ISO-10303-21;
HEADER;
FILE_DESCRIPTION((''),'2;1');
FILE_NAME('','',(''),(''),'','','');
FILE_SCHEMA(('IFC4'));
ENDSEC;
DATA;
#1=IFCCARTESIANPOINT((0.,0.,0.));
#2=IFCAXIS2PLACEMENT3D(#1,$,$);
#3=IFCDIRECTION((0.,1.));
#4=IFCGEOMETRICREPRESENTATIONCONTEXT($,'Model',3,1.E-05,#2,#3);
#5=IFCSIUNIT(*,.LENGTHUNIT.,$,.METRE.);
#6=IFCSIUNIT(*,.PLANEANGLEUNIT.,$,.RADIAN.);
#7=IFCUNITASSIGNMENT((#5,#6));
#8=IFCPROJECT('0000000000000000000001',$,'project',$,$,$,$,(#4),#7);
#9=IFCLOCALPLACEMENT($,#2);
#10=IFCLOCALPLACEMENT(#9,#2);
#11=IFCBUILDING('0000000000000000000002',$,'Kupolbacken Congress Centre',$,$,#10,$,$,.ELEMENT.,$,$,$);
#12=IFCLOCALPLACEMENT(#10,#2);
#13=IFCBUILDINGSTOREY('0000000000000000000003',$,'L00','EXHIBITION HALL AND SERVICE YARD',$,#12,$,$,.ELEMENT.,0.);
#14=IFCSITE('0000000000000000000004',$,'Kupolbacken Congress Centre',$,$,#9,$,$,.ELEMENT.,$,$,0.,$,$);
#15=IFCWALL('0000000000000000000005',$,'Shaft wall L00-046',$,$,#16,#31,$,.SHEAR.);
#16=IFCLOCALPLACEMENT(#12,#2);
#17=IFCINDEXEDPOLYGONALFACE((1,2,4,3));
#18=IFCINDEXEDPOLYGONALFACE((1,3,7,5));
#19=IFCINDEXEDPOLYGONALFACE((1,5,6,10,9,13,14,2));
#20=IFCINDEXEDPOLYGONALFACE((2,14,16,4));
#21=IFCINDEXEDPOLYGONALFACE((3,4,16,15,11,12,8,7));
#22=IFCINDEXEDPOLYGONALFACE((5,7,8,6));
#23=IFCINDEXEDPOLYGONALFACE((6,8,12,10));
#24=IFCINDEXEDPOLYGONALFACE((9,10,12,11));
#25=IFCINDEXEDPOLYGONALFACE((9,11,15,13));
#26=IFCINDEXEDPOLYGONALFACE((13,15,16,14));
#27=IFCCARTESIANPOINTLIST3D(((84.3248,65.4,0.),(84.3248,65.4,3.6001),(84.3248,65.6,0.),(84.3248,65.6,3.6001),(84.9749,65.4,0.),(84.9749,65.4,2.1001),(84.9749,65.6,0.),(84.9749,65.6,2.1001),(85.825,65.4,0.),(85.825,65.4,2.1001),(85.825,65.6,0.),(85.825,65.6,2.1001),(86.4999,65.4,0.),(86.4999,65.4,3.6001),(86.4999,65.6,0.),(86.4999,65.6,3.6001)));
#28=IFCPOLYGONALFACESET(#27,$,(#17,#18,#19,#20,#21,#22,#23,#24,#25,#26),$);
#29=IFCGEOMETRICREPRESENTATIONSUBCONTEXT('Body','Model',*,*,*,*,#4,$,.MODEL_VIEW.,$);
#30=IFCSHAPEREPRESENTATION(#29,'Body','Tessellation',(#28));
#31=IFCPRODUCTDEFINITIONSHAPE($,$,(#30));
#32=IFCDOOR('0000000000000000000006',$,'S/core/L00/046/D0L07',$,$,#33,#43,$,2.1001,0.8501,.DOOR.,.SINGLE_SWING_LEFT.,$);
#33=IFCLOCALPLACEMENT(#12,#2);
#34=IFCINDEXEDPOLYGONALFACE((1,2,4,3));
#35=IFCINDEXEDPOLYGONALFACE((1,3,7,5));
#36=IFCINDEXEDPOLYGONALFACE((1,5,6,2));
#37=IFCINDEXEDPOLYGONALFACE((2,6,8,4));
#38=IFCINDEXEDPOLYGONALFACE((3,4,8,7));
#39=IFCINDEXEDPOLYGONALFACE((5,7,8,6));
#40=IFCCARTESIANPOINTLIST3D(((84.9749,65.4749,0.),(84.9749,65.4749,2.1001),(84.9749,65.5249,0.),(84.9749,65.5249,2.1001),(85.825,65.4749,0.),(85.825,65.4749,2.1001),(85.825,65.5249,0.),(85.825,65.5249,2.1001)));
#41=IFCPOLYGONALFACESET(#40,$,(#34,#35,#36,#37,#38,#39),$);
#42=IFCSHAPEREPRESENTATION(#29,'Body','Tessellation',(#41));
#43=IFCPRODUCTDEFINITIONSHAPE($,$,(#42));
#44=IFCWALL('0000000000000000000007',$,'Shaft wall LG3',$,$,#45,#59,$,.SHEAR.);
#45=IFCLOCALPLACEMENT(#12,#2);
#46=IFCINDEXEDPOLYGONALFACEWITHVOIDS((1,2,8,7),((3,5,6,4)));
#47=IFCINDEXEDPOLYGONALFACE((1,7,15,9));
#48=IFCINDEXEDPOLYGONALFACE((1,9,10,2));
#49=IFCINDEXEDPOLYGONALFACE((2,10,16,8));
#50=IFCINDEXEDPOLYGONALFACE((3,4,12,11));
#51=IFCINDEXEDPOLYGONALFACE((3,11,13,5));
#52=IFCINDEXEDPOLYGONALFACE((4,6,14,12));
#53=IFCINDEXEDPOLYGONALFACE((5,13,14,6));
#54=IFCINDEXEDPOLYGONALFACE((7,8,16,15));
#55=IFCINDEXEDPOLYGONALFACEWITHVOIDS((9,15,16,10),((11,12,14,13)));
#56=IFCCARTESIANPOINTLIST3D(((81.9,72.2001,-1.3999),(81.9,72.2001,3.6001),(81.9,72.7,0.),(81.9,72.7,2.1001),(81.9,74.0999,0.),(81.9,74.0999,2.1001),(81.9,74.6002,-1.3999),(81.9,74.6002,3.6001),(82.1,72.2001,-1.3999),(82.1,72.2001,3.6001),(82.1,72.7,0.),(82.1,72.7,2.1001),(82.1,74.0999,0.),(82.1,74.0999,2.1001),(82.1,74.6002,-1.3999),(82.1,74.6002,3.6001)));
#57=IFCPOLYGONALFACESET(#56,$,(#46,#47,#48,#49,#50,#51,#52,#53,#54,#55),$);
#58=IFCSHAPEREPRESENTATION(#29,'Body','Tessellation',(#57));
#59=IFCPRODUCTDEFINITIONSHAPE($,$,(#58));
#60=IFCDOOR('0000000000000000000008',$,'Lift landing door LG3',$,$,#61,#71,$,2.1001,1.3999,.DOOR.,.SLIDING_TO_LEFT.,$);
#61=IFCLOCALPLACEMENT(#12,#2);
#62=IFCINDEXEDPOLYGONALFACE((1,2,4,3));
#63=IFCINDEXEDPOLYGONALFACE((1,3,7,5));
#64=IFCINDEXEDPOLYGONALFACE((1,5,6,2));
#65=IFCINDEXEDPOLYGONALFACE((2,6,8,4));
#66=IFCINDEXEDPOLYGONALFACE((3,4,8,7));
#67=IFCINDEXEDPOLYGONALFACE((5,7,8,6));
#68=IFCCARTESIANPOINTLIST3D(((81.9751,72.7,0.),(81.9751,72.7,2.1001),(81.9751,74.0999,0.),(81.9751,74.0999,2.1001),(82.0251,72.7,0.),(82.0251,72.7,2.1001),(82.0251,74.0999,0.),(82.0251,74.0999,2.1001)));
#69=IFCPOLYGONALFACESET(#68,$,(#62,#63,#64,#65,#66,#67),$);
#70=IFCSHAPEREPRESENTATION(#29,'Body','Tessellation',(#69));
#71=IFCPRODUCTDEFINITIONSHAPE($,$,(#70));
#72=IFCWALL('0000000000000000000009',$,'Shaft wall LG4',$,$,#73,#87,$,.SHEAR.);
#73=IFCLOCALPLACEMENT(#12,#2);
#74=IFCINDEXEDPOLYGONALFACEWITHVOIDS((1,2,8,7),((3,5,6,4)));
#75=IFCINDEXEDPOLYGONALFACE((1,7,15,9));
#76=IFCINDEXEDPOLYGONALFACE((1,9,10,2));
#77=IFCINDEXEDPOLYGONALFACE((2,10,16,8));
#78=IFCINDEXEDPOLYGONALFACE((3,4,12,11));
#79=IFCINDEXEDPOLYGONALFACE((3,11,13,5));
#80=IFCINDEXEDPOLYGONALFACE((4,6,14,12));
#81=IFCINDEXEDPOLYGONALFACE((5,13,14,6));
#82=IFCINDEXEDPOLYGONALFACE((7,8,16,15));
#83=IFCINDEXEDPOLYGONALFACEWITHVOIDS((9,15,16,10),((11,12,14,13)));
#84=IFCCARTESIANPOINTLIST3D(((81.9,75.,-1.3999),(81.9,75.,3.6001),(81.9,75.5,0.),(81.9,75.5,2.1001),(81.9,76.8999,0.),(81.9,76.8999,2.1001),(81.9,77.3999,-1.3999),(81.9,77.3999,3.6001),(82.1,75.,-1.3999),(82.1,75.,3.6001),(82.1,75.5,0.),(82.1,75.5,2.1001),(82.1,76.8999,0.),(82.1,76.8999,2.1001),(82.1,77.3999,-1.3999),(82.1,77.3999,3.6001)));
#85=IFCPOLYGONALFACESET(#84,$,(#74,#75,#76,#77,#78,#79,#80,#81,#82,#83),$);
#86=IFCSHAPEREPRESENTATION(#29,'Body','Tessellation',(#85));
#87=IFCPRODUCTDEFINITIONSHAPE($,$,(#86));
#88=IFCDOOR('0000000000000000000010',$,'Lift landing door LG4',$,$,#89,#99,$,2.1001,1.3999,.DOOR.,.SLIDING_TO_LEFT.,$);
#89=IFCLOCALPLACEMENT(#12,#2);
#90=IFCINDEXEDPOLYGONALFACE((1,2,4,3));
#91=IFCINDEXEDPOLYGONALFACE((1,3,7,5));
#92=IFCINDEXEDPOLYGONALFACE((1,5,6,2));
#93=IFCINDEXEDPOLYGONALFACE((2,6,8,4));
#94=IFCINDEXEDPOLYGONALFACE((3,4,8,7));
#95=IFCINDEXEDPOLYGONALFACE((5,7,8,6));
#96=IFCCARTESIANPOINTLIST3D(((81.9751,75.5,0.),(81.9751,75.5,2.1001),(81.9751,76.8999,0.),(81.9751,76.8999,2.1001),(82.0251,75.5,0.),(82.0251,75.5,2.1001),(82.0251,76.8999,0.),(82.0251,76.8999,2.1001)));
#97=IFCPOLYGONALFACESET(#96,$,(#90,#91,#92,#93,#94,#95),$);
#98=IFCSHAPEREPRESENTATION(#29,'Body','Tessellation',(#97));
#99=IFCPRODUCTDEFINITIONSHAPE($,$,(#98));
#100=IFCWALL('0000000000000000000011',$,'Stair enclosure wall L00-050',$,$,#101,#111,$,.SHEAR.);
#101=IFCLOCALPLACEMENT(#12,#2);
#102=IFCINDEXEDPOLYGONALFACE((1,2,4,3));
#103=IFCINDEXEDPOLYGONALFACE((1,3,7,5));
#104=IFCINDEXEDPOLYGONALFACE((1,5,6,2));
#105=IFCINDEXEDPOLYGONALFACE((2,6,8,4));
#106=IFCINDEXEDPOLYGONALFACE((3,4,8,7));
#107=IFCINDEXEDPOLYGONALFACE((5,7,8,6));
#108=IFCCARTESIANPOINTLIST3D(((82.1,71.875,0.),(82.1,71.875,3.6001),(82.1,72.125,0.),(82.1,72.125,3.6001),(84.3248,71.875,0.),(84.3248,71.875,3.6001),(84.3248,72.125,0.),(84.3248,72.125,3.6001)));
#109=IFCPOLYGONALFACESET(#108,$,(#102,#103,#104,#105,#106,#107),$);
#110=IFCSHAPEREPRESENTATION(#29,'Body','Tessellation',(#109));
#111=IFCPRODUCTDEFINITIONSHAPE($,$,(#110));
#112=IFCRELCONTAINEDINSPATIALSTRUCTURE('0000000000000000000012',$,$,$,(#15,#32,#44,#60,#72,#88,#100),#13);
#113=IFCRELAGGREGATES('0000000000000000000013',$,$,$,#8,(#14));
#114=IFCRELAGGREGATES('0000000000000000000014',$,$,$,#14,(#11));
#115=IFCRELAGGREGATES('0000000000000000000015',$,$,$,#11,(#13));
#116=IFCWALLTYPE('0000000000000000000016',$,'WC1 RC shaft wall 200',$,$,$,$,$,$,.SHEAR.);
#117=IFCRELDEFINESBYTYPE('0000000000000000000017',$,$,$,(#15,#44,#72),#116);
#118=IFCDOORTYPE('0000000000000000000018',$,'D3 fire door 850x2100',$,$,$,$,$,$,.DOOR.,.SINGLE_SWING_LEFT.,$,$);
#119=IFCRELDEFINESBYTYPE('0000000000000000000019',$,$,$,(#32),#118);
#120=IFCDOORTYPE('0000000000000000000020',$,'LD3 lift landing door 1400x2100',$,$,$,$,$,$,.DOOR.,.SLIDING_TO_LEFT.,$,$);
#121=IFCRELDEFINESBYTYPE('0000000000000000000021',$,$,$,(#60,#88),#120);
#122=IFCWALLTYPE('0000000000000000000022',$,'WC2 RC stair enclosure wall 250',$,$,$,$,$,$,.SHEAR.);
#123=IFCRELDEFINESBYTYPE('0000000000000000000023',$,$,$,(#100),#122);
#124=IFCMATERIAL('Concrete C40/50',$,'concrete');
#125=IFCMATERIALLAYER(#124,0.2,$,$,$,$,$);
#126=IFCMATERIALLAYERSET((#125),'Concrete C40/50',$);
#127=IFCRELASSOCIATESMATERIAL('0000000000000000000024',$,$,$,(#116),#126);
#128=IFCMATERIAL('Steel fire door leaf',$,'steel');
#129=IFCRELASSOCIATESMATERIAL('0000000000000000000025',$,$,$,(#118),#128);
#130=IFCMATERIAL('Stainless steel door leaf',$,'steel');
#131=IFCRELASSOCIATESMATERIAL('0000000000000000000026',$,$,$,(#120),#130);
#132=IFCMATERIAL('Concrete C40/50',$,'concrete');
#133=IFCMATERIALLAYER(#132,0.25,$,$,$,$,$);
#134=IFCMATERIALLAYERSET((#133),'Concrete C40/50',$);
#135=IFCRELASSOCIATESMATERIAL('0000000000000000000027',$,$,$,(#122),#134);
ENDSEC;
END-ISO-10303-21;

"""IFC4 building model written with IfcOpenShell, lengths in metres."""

from ifc_helpers import new_model, si_unit, direction, frame, frame_2d, origin, place, context, subcontext, project, spatial, rectangle, extrude, material, layer, layer_set, type_object, element, fill, save


model = new_model("IFC4")

# Units and contexts
model_context = context("Model", 3, precision=1e-05, world=origin(), true_north=direction((0.0, 1.0)))
body_context = subcontext(model_context, "Body", "Model", "MODEL_VIEW")
ifc_project = project(units=[si_unit("LENGTHUNIT", "METRE"), si_unit("PLANEANGLEUNIT", "RADIAN")], contexts=[model_context])

# Site, building, storey
site_placement = place(None, origin())
site = spatial("IfcSite", under=ifc_project, at=site_placement, Name="Kupolbacken Congress Centre", CompositionType="ELEMENT", RefElevation=0.0)
building_placement = place(site_placement, origin())
building = spatial("IfcBuilding", under=site, at=building_placement, Name="Kupolbacken Congress Centre", CompositionType="ELEMENT")
storey_placement = place(building_placement, origin())
storey = spatial("IfcBuildingStorey", under=building, at=storey_placement, Name="L00", Description="EXHIBITION HALL AND SERVICE YARD", CompositionType="ELEMENT", Elevation=0.0)

# Walls, openings, doors
ifc_material_1 = material(Name="Concrete C40/50", Category="concrete")
ifc_layer_1 = layer(ifc_material_1, 0.2)
ifc_layer_set_1 = layer_set([ifc_layer_1], Name="Concrete C40/50")
wall_type_1 = type_object("IfcWallType", Name="WC1 RC shaft wall 200", PredefinedType="SHEAR", material=ifc_layer_set_1)
wall_1_placement = place(storey_placement, frame((84.325, 65.5, 0.0), z_axis=(0.0, 0.0, 1.0), x_axis=(1.0, 0.0, 0.0)))
wall_1 = element("IfcWall", 1, at=wall_1_placement, inside=storey, type_object=wall_type_1, Name="Shaft wall L00-046", PredefinedType="SHEAR", context=body_context, shape_type="SweptSolid", body=[
    extrude(rectangle(XDim=2.175, YDim=0.2, at=frame_2d((1.0874, 0.0))), origin(), (0.0, 0.0, 1.0), 3.6001),
])
opening_1_placement = place(wall_1_placement, frame((0.6499, 0.0, 0.0)))
opening_1 = element("IfcOpeningElement", 2, at=opening_1_placement, cuts=wall_1, PredefinedType="OPENING", context=body_context, shape_type="SweptSolid", body=[
    extrude(rectangle(XDim=0.8501, YDim=2.1001, at=frame_2d((0.425, 1.05))), frame((0.0, 0.1099, 0.0), z_axis=(0.0, -1.0, 0.0), x_axis=(1.0, 0.0, 0.0)), (0.0, 0.0, 1.0), 0.22),
])
ifc_material_2 = material(Name="Steel fire door leaf", Category="steel")
door_type_1 = type_object("IfcDoorType", Name="D3 fire door 850x2100", OperationType="SINGLE_SWING_LEFT", PredefinedType="DOOR", material=ifc_material_2)
door_1_placement = place(opening_1_placement, origin())
door_1 = element("IfcDoor", 3, at=door_1_placement, inside=storey, type_object=door_type_1, Name="S/core/L00/046/D0L07", OperationType="SINGLE_SWING_LEFT", OverallHeight=2.1001, OverallWidth=0.8501, PredefinedType="DOOR", context=body_context, shape_type="SweptSolid", body=[
    extrude(rectangle(XDim=0.8501, YDim=2.1001, at=frame_2d((0.425, 1.05))), frame((0.0, 0.0249, 0.0), z_axis=(0.0, -1.0, 0.0), x_axis=(1.0, 0.0, 0.0)), (0.0, 0.0, 1.0), 0.05),
])
fill(opening_1, door_1)
wall_2_placement = place(storey_placement, frame((82.0, 72.2, -1.3999), z_axis=(0.0, 0.0, 1.0), x_axis=(0.0, 1.0, 0.0)))
wall_2 = element("IfcWall", 4, at=wall_2_placement, inside=storey, type_object=wall_type_1, Name="Shaft wall LG3", PredefinedType="SHEAR", context=body_context, shape_type="SweptSolid", body=[
    extrude(rectangle(XDim=2.4001, YDim=0.2, at=frame_2d((1.2002, 0.0))), origin(), (0.0, 0.0, 1.0), 5.0),
])
opening_2_placement = place(wall_2_placement, frame((0.5, 0.0, 1.3999)))
opening_2 = element("IfcOpeningElement", 5, at=opening_2_placement, cuts=wall_2, PredefinedType="OPENING", context=body_context, shape_type="SweptSolid", body=[
    extrude(rectangle(XDim=1.3999, YDim=2.1001, at=frame_2d((0.7, 1.05))), frame((0.0, 0.1099, 0.0), z_axis=(0.0, -1.0, 0.0), x_axis=(1.0, 0.0, 0.0)), (0.0, 0.0, 1.0), 0.22),
])
ifc_material_3 = material(Name="Stainless steel door leaf", Category="steel")
door_type_2 = type_object("IfcDoorType", Name="LD3 lift landing door 1400x2100", OperationType="SLIDING_TO_LEFT", PredefinedType="DOOR", material=ifc_material_3)
door_2_placement = place(opening_2_placement, origin())
door_2 = element("IfcDoor", 6, at=door_2_placement, inside=storey, type_object=door_type_2, Name="Lift landing door LG3", OperationType="SLIDING_TO_LEFT", OverallHeight=2.1001, OverallWidth=1.3999, PredefinedType="DOOR", context=body_context, shape_type="SweptSolid", body=[
    extrude(rectangle(XDim=1.3999, YDim=2.1001, at=frame_2d((0.7, 1.05))), frame((0.0, 0.0249, 0.0), z_axis=(0.0, -1.0, 0.0), x_axis=(1.0, 0.0, 0.0)), (0.0, 0.0, 1.0), 0.05),
])
fill(opening_2, door_2)
wall_3_placement = place(storey_placement, frame((82.0, 75.0, -1.3999), z_axis=(0.0, 0.0, 1.0), x_axis=(0.0, 1.0, 0.0)))
wall_3 = element("IfcWall", 7, at=wall_3_placement, inside=storey, type_object=wall_type_1, Name="Shaft wall LG4", PredefinedType="SHEAR", context=body_context, shape_type="SweptSolid", body=[
    extrude(rectangle(XDim=2.3999, YDim=0.2, at=frame_2d((1.2, 0.0))), origin(), (0.0, 0.0, 1.0), 5.0),
])
opening_3_placement = place(wall_3_placement, frame((0.5, 0.0, 1.3999)))
opening_3 = element("IfcOpeningElement", 8, at=opening_3_placement, cuts=wall_3, PredefinedType="OPENING", context=body_context, shape_type="SweptSolid", body=[
    extrude(rectangle(XDim=1.3999, YDim=2.1001, at=frame_2d((0.7, 1.05))), frame((0.0, 0.1099, 0.0), z_axis=(0.0, -1.0, 0.0), x_axis=(1.0, 0.0, 0.0)), (0.0, 0.0, 1.0), 0.22),
])
door_3_placement = place(opening_3_placement, origin())
door_3 = element("IfcDoor", 9, at=door_3_placement, inside=storey, type_object=door_type_2, Name="Lift landing door LG4", OperationType="SLIDING_TO_LEFT", OverallHeight=2.1001, OverallWidth=1.3999, PredefinedType="DOOR", context=body_context, shape_type="SweptSolid", body=[
    extrude(rectangle(XDim=1.3999, YDim=2.1001, at=frame_2d((0.7, 1.05))), frame((0.0, 0.0249, 0.0), z_axis=(0.0, -1.0, 0.0), x_axis=(1.0, 0.0, 0.0)), (0.0, 0.0, 1.0), 0.05),
])
fill(opening_3, door_3)

# Wall
ifc_material_4 = material(Name="Concrete C40/50", Category="concrete")
ifc_layer_2 = layer(ifc_material_4, 0.25)
ifc_layer_set_2 = layer_set([ifc_layer_2], Name="Concrete C40/50")
wall_type_2 = type_object("IfcWallType", Name="WC2 RC stair enclosure wall 250", PredefinedType="SHEAR", material=ifc_layer_set_2)
wall_4_placement = place(storey_placement, frame((82.1001, 72.0, 0.0), z_axis=(0.0, 0.0, 1.0), x_axis=(1.0, 0.0, 0.0)))
element("IfcWall", 10, at=wall_4_placement, inside=storey, type_object=wall_type_2, Name="Stair enclosure wall L00-050", PredefinedType="SHEAR", context=body_context, shape_type="SweptSolid", body=[
    extrude(rectangle(XDim=2.2249, YDim=0.25, at=frame_2d((1.1123, 0.0))), origin(), (0.0, 0.0, 1.0), 3.6001),
])

save(model, "model.ifc")
